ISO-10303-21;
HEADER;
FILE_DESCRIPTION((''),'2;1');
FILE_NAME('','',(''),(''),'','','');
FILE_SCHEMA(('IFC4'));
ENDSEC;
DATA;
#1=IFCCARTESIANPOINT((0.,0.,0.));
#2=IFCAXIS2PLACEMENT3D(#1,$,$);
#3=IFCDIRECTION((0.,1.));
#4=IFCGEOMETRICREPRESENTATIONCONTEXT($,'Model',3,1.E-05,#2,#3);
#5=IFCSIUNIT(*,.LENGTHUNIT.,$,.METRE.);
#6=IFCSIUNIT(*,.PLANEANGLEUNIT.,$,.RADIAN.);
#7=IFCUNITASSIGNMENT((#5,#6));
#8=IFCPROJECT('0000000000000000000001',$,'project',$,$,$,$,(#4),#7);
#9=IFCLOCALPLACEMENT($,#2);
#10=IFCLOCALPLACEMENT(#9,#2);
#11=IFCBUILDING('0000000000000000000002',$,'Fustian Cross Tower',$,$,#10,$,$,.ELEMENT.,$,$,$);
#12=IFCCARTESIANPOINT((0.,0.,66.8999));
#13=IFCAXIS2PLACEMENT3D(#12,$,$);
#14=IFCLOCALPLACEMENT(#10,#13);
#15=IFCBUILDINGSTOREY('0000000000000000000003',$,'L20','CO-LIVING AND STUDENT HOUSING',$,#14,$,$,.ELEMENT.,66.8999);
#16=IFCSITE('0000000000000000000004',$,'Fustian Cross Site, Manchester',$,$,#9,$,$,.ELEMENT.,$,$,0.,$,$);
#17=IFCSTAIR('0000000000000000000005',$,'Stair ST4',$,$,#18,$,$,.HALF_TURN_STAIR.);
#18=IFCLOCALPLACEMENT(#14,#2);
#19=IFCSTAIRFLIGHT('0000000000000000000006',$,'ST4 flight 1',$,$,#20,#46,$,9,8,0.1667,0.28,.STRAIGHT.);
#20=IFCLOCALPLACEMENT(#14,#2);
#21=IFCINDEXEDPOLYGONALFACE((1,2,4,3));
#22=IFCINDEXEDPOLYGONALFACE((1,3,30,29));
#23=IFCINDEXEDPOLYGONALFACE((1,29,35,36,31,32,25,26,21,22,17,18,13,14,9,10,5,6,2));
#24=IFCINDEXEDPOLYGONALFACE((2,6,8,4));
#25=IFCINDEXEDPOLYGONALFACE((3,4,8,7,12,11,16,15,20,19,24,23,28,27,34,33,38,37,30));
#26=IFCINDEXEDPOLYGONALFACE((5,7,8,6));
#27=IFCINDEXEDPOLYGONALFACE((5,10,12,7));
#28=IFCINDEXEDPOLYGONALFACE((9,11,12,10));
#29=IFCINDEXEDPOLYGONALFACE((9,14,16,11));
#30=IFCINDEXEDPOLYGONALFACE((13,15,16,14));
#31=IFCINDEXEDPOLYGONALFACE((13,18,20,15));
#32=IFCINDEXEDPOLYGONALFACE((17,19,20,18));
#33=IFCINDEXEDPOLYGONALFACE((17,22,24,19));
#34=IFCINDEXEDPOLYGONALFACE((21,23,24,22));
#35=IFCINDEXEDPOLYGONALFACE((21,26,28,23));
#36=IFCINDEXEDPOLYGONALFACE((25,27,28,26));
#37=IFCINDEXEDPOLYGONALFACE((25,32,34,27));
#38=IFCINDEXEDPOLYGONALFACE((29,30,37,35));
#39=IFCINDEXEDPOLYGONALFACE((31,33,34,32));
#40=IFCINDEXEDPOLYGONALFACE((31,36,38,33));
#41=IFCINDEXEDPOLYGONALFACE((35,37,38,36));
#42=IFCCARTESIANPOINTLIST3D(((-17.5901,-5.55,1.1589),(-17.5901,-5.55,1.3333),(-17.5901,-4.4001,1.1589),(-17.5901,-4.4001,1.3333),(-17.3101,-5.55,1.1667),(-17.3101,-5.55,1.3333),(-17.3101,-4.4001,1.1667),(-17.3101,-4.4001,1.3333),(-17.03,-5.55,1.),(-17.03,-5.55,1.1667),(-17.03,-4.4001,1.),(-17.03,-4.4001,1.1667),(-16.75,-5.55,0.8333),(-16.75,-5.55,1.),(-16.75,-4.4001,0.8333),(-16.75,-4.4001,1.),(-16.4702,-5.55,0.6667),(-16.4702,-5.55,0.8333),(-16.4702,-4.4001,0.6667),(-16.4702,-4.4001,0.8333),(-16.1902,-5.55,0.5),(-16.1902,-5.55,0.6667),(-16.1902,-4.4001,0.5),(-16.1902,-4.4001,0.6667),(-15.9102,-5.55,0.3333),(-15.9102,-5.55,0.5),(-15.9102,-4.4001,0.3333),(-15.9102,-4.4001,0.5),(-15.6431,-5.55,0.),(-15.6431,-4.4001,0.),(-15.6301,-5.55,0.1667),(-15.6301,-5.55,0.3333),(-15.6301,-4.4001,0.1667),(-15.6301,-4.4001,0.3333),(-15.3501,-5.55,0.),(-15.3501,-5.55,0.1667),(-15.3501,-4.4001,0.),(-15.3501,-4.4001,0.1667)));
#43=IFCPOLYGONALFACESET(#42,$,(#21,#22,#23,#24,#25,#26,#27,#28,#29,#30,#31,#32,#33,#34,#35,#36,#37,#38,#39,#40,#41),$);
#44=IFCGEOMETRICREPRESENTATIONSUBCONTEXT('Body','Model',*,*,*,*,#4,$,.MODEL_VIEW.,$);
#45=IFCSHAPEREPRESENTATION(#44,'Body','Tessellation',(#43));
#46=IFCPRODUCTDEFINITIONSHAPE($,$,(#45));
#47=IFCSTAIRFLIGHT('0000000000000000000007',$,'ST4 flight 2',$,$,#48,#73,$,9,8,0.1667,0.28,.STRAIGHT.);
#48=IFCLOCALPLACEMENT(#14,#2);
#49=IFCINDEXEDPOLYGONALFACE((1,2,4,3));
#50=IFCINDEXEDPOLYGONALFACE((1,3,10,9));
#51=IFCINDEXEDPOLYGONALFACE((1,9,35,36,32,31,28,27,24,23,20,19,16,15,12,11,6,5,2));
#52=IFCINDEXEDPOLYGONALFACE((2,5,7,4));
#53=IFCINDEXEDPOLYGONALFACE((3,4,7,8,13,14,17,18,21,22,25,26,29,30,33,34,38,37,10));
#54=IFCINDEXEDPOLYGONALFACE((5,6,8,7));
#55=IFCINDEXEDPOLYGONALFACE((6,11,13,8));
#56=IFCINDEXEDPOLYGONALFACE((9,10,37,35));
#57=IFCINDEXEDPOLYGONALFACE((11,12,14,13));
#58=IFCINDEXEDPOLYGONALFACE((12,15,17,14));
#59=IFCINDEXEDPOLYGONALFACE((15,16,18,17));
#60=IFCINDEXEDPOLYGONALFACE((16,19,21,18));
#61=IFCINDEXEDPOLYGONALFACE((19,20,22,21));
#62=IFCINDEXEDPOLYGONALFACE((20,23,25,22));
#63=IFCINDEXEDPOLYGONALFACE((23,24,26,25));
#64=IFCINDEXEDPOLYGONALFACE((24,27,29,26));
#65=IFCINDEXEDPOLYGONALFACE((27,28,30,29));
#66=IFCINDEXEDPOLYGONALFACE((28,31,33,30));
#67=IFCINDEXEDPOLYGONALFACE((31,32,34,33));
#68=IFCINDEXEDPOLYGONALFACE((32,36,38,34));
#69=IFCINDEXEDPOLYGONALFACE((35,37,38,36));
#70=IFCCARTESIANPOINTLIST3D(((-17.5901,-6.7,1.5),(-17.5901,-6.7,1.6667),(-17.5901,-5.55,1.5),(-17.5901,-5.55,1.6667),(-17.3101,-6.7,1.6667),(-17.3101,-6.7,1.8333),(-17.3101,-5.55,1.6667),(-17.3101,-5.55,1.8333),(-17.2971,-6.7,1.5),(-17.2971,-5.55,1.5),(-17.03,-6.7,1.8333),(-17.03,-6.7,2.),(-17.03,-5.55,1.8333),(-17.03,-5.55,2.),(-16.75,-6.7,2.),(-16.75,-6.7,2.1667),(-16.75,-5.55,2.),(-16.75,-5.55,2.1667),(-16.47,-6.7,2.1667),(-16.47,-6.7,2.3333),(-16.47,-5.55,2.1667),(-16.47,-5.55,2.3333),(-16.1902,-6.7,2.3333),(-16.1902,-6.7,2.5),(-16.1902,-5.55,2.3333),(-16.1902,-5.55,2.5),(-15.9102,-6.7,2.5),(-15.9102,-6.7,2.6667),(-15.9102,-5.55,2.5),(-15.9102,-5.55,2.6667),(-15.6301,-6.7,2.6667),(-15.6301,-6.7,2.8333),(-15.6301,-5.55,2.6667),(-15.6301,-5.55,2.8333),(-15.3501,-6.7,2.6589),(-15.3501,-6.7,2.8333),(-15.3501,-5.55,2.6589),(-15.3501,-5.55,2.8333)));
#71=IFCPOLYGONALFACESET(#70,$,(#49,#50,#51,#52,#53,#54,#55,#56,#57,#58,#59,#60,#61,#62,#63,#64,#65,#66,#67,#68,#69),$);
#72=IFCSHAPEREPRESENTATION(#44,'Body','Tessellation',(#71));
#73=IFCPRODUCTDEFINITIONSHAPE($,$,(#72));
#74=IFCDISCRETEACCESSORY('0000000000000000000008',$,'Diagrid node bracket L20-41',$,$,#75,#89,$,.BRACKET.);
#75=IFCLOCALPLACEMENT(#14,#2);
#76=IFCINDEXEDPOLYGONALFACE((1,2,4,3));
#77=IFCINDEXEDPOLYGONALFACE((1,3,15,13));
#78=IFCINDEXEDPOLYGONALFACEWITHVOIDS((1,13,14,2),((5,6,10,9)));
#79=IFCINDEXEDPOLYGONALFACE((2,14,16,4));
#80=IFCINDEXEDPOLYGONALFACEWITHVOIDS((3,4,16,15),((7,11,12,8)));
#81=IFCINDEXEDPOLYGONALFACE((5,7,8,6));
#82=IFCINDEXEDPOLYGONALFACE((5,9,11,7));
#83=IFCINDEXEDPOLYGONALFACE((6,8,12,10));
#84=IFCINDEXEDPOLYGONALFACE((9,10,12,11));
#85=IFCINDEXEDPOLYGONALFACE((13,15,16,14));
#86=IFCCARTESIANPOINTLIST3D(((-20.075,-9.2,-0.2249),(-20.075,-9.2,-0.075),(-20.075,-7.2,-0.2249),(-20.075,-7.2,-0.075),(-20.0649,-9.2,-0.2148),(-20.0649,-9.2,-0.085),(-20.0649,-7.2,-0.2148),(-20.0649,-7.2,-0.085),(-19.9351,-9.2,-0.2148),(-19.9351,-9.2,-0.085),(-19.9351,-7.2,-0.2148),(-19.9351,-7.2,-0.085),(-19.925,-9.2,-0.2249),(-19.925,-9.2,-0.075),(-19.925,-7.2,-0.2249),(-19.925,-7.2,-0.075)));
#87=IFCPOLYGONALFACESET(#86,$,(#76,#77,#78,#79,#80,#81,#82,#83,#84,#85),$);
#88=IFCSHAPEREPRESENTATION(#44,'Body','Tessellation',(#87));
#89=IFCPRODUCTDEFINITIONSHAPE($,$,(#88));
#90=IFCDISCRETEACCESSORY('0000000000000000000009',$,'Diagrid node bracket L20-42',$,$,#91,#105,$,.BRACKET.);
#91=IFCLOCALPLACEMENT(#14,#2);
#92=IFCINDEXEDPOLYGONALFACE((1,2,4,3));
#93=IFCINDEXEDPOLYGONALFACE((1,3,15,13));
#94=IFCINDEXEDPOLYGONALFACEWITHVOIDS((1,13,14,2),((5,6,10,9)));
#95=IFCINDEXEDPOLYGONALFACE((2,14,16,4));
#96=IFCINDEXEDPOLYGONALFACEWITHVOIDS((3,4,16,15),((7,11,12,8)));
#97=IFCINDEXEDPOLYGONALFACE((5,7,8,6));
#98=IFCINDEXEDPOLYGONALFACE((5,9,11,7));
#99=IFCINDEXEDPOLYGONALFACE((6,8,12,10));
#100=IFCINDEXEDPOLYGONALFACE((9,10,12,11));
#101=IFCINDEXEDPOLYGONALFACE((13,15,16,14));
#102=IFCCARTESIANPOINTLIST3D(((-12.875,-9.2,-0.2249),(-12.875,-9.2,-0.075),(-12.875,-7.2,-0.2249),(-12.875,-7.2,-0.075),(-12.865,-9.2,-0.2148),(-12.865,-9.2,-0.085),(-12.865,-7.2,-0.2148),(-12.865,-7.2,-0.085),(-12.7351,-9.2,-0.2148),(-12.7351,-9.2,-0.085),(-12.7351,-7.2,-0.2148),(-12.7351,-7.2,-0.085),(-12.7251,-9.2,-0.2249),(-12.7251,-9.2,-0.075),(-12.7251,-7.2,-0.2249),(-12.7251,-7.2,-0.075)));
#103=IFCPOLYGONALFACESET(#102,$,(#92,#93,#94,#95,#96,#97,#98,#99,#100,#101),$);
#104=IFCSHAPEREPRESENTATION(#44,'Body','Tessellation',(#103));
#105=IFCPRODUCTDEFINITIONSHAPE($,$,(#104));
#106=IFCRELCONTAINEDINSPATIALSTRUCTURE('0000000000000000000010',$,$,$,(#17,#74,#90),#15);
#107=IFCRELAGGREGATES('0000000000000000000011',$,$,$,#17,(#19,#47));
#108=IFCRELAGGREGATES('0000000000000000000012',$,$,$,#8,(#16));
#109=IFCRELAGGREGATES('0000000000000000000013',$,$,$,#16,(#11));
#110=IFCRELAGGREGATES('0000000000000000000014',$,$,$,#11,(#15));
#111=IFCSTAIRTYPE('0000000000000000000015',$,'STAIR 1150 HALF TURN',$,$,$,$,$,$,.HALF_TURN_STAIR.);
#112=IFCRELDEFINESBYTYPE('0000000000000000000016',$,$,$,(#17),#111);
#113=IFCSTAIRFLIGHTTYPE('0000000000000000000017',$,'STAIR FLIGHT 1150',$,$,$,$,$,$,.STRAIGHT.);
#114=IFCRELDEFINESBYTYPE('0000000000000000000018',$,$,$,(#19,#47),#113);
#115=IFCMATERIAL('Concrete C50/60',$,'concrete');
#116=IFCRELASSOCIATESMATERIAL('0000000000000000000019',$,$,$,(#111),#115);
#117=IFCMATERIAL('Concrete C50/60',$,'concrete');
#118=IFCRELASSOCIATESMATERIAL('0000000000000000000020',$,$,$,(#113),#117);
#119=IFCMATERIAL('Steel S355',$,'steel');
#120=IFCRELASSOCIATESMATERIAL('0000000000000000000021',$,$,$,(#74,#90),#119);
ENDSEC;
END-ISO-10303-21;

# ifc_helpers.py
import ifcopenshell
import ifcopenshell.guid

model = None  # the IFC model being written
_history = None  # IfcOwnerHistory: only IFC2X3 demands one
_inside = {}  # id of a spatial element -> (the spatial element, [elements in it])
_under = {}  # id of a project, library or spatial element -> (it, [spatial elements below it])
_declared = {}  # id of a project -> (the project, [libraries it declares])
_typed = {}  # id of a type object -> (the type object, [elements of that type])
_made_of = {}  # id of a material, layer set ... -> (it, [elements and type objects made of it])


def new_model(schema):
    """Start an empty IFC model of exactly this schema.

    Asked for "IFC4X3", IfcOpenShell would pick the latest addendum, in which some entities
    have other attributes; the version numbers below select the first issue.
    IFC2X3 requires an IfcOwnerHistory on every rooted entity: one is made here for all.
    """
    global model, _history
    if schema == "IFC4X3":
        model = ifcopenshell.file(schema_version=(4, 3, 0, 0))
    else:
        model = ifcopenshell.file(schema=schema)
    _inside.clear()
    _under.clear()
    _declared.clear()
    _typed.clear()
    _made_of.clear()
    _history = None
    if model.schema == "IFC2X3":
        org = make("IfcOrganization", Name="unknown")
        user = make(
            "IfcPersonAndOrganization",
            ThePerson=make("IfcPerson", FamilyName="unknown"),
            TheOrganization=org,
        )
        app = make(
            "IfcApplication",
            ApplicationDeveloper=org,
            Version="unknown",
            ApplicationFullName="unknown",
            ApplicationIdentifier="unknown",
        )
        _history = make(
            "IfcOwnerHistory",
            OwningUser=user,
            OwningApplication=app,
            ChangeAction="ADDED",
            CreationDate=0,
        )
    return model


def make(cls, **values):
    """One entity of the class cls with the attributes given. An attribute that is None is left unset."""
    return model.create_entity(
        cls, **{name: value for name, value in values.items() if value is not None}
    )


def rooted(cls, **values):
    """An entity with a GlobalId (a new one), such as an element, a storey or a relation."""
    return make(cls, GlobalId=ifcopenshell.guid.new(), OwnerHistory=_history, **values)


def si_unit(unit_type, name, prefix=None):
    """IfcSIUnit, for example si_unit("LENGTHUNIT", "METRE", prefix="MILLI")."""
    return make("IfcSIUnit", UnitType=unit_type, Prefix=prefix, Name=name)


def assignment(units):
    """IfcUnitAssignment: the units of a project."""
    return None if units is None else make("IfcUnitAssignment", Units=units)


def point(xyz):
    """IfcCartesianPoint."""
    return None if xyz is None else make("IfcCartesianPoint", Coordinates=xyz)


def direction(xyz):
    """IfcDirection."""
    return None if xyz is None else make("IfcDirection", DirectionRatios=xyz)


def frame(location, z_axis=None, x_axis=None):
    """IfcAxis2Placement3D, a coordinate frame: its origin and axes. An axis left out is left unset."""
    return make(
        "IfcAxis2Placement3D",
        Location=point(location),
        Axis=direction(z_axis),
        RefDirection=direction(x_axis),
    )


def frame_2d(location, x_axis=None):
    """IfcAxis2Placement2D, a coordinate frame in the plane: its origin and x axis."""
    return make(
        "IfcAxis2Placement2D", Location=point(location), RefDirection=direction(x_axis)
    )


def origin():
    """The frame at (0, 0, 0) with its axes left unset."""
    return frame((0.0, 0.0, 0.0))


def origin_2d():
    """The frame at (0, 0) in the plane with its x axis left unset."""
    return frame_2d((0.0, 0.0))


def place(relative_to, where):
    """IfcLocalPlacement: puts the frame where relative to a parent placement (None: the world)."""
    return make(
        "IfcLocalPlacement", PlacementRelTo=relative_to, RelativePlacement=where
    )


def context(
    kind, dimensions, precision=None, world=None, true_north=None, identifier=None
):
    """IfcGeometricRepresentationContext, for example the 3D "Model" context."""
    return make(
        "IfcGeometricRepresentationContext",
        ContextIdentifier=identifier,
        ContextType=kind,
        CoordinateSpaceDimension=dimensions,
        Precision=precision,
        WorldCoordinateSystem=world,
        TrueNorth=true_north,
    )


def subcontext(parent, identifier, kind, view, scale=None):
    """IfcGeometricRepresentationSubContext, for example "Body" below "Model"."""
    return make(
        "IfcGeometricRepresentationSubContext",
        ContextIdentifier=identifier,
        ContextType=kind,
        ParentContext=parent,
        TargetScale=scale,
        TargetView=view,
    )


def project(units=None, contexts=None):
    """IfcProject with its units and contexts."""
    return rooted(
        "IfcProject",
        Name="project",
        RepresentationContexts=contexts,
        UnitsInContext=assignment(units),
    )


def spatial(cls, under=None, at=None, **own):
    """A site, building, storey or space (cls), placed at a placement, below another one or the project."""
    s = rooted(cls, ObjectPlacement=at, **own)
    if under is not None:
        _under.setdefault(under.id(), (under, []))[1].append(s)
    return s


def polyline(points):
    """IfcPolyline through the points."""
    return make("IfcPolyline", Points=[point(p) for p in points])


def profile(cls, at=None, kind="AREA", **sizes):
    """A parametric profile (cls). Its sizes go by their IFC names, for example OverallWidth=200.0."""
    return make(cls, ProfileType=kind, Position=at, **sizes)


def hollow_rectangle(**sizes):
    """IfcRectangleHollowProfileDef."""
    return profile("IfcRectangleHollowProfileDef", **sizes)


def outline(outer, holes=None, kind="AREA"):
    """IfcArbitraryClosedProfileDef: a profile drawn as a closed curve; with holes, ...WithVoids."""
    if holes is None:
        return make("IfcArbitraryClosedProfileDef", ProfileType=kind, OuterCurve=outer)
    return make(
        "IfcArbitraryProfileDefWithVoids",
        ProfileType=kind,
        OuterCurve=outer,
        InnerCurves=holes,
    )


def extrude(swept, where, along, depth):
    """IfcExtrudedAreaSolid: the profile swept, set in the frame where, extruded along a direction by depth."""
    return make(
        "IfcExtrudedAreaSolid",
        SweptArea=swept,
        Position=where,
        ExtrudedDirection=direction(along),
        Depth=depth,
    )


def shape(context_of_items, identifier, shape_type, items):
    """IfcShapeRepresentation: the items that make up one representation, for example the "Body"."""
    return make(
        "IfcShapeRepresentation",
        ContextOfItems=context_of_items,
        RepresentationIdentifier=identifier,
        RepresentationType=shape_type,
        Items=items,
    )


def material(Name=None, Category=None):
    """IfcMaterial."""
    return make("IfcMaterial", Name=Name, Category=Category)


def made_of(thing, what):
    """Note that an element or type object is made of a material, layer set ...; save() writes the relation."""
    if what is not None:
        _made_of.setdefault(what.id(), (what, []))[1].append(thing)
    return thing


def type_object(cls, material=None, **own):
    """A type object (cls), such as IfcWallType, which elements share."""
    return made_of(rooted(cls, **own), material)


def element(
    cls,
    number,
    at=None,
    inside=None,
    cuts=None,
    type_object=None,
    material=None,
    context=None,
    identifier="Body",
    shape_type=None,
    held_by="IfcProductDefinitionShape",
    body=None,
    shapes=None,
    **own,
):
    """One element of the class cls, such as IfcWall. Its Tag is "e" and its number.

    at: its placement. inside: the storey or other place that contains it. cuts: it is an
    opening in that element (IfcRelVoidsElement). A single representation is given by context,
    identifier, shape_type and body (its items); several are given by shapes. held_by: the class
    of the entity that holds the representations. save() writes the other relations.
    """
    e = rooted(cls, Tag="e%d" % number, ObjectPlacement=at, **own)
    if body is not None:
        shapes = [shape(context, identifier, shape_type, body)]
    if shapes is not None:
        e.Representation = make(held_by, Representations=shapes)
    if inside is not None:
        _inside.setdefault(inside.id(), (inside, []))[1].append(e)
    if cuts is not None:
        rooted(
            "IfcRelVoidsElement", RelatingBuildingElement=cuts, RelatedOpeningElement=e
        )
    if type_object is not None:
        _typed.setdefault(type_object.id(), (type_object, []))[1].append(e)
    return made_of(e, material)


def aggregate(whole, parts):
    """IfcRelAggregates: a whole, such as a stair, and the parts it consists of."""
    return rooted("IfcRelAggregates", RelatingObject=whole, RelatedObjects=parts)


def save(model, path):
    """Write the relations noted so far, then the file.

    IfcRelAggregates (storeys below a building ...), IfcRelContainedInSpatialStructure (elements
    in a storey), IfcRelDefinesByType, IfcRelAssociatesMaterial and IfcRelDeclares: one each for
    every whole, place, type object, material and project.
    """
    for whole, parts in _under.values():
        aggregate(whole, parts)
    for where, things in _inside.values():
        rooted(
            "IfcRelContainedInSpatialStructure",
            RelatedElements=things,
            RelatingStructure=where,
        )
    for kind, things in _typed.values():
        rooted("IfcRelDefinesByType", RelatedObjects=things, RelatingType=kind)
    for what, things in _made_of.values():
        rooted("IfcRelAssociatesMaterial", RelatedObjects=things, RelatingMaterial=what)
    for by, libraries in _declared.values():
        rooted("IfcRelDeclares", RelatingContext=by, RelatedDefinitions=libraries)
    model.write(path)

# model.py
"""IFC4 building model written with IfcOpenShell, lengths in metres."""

from ifc_helpers import new_model, si_unit, direction, frame, origin, origin_2d, place, context, subcontext, project, spatial, polyline, hollow_rectangle, outline, extrude, material, type_object, element, aggregate, save


model = new_model("IFC4")

# Units and contexts
model_context = context("Model", 3, precision=1e-05, world=origin(), true_north=direction((0.0, 1.0)))
body_context = subcontext(model_context, "Body", "Model", "MODEL_VIEW")
ifc_project = project(units=[si_unit("LENGTHUNIT", "METRE"), si_unit("PLANEANGLEUNIT", "RADIAN")], contexts=[model_context])

# Site, building, storey
site_placement = place(None, origin())
site = spatial("IfcSite", under=ifc_project, at=site_placement, Name="Fustian Cross Site, Manchester", CompositionType="ELEMENT", RefElevation=0.0)
building_placement = place(site_placement, origin())
building = spatial("IfcBuilding", under=site, at=building_placement, Name="Fustian Cross Tower", CompositionType="ELEMENT")
storey_placement = place(building_placement, frame((0.0, 0.0, 66.8999)))
storey = spatial("IfcBuildingStorey", under=building, at=storey_placement, Name="L20", Description="CO-LIVING AND STUDENT HOUSING", CompositionType="ELEMENT", Elevation=66.8999)

# Stair, stair flights
ifc_material_1 = material(Name="Concrete C50/60", Category="concrete")
stair_type = type_object("IfcStairType", Name="STAIR 1150 HALF TURN", PredefinedType="HALF_TURN_STAIR", material=ifc_material_1)
stair_placement = place(storey_placement, origin())
stair = element("IfcStair", 1, at=stair_placement, inside=storey, type_object=stair_type, Name="Stair ST4", PredefinedType="HALF_TURN_STAIR")
ifc_material_2 = material(Name="Concrete C50/60", Category="concrete")
stair_flight_type = type_object("IfcStairFlightType", Name="STAIR FLIGHT 1150", PredefinedType="STRAIGHT", material=ifc_material_2)
stair_flight_1_placement = place(storey_placement, frame((-15.3501, -4.9751, 0.0), z_axis=(0.0, 0.0, 1.0), x_axis=(-1.0, 0.0, 0.0)))
stair_flight_1 = element("IfcStairFlight", 2, at=stair_flight_1_placement, type_object=stair_flight_type, Name="ST4 flight 1", NumberOfRisers=9, NumberOfTreads=8, PredefinedType="STRAIGHT", RiserHeight=0.1667, TreadLength=0.28, context=body_context, shape_type="SweptSolid", body=[
    extrude(outline(polyline([(0.0, 0.0), (0.0, 0.1667), (0.28, 0.1667), (0.28, 0.3333), (0.5601, 0.3333), (0.5601, 0.5), (0.8401, 0.5), (0.8401, 0.6667), (1.1201, 0.6667), (1.1201, 0.8333), (1.3999, 0.8333), (1.3999, 1.0), (1.6799, 1.0), (1.6799, 1.1667), (1.96, 1.1667), (1.96, 1.3333), (2.24, 1.3333), (2.24, 1.5), (2.24, 1.1589), (0.293, 0.0), (0.0, 0.0)])), frame((0.0, 0.575, 0.0), z_axis=(0.0, -1.0, 0.0), x_axis=(1.0, 0.0, 0.0)), (0.0, 0.0, 1.0), 1.1499),
])
stair_flight_2_placement = place(storey_placement, frame((-17.5901, -6.125, 1.5), z_axis=(0.0, 0.0, 1.0), x_axis=(1.0, 0.0, 0.0)))
stair_flight_2 = element("IfcStairFlight", 3, at=stair_flight_2_placement, type_object=stair_flight_type, Name="ST4 flight 2", NumberOfRisers=9, NumberOfTreads=8, PredefinedType="STRAIGHT", RiserHeight=0.1667, TreadLength=0.28, context=body_context, shape_type="SweptSolid", body=[
    extrude(outline(polyline([(0.0, 0.0), (0.0, 0.1667), (0.28, 0.1667), (0.28, 0.3333), (0.5601, 0.3333), (0.5601, 0.5), (0.8401, 0.5), (0.8401, 0.6667), (1.1201, 0.6667), (1.1201, 0.8333), (1.3999, 0.8333), (1.3999, 1.0), (1.6799, 1.0), (1.6799, 1.1667), (1.96, 1.1667), (1.96, 1.3333), (2.24, 1.3333), (2.24, 1.5), (2.24, 1.1589), (0.293, 0.0), (0.0, 0.0)])), frame((0.0, 0.575, 0.0), z_axis=(0.0, -1.0, 0.0), x_axis=(1.0, 0.0, 0.0)), (0.0, 0.0, 1.0), 1.1499),
])
aggregate(stair, [stair_flight_1, stair_flight_2])

# Discrete accessories
ifc_material_3 = material(Name="Steel S355", Category="steel")
for number, where, z_axis, x_axis, name in (
    (4, (-20.0, -9.2, -0.1499), (0.0, 1.0, 0.0), (-1.0, 0.0, 0.0), "Diagrid node bracket L20-41"),
    (5, (-12.8, -9.2, -0.1499), (0.0, 1.0, 0.0), (-1.0, 0.0, 0.0), "Diagrid node bracket L20-42"),
):
    element("IfcDiscreteAccessory", number, at=place(storey_placement, frame(where, z_axis=z_axis, x_axis=x_axis)), inside=storey, material=ifc_material_3, Name=name, PredefinedType="BRACKET", context=body_context, shape_type="SweptSolid", body=[
        extrude(hollow_rectangle(XDim=0.1499, YDim=0.1499, WallThickness=0.01, at=origin_2d()), origin(), (0.0, 0.0, 1.0), 2.0),
    ])

save(model, "model.ifc")
